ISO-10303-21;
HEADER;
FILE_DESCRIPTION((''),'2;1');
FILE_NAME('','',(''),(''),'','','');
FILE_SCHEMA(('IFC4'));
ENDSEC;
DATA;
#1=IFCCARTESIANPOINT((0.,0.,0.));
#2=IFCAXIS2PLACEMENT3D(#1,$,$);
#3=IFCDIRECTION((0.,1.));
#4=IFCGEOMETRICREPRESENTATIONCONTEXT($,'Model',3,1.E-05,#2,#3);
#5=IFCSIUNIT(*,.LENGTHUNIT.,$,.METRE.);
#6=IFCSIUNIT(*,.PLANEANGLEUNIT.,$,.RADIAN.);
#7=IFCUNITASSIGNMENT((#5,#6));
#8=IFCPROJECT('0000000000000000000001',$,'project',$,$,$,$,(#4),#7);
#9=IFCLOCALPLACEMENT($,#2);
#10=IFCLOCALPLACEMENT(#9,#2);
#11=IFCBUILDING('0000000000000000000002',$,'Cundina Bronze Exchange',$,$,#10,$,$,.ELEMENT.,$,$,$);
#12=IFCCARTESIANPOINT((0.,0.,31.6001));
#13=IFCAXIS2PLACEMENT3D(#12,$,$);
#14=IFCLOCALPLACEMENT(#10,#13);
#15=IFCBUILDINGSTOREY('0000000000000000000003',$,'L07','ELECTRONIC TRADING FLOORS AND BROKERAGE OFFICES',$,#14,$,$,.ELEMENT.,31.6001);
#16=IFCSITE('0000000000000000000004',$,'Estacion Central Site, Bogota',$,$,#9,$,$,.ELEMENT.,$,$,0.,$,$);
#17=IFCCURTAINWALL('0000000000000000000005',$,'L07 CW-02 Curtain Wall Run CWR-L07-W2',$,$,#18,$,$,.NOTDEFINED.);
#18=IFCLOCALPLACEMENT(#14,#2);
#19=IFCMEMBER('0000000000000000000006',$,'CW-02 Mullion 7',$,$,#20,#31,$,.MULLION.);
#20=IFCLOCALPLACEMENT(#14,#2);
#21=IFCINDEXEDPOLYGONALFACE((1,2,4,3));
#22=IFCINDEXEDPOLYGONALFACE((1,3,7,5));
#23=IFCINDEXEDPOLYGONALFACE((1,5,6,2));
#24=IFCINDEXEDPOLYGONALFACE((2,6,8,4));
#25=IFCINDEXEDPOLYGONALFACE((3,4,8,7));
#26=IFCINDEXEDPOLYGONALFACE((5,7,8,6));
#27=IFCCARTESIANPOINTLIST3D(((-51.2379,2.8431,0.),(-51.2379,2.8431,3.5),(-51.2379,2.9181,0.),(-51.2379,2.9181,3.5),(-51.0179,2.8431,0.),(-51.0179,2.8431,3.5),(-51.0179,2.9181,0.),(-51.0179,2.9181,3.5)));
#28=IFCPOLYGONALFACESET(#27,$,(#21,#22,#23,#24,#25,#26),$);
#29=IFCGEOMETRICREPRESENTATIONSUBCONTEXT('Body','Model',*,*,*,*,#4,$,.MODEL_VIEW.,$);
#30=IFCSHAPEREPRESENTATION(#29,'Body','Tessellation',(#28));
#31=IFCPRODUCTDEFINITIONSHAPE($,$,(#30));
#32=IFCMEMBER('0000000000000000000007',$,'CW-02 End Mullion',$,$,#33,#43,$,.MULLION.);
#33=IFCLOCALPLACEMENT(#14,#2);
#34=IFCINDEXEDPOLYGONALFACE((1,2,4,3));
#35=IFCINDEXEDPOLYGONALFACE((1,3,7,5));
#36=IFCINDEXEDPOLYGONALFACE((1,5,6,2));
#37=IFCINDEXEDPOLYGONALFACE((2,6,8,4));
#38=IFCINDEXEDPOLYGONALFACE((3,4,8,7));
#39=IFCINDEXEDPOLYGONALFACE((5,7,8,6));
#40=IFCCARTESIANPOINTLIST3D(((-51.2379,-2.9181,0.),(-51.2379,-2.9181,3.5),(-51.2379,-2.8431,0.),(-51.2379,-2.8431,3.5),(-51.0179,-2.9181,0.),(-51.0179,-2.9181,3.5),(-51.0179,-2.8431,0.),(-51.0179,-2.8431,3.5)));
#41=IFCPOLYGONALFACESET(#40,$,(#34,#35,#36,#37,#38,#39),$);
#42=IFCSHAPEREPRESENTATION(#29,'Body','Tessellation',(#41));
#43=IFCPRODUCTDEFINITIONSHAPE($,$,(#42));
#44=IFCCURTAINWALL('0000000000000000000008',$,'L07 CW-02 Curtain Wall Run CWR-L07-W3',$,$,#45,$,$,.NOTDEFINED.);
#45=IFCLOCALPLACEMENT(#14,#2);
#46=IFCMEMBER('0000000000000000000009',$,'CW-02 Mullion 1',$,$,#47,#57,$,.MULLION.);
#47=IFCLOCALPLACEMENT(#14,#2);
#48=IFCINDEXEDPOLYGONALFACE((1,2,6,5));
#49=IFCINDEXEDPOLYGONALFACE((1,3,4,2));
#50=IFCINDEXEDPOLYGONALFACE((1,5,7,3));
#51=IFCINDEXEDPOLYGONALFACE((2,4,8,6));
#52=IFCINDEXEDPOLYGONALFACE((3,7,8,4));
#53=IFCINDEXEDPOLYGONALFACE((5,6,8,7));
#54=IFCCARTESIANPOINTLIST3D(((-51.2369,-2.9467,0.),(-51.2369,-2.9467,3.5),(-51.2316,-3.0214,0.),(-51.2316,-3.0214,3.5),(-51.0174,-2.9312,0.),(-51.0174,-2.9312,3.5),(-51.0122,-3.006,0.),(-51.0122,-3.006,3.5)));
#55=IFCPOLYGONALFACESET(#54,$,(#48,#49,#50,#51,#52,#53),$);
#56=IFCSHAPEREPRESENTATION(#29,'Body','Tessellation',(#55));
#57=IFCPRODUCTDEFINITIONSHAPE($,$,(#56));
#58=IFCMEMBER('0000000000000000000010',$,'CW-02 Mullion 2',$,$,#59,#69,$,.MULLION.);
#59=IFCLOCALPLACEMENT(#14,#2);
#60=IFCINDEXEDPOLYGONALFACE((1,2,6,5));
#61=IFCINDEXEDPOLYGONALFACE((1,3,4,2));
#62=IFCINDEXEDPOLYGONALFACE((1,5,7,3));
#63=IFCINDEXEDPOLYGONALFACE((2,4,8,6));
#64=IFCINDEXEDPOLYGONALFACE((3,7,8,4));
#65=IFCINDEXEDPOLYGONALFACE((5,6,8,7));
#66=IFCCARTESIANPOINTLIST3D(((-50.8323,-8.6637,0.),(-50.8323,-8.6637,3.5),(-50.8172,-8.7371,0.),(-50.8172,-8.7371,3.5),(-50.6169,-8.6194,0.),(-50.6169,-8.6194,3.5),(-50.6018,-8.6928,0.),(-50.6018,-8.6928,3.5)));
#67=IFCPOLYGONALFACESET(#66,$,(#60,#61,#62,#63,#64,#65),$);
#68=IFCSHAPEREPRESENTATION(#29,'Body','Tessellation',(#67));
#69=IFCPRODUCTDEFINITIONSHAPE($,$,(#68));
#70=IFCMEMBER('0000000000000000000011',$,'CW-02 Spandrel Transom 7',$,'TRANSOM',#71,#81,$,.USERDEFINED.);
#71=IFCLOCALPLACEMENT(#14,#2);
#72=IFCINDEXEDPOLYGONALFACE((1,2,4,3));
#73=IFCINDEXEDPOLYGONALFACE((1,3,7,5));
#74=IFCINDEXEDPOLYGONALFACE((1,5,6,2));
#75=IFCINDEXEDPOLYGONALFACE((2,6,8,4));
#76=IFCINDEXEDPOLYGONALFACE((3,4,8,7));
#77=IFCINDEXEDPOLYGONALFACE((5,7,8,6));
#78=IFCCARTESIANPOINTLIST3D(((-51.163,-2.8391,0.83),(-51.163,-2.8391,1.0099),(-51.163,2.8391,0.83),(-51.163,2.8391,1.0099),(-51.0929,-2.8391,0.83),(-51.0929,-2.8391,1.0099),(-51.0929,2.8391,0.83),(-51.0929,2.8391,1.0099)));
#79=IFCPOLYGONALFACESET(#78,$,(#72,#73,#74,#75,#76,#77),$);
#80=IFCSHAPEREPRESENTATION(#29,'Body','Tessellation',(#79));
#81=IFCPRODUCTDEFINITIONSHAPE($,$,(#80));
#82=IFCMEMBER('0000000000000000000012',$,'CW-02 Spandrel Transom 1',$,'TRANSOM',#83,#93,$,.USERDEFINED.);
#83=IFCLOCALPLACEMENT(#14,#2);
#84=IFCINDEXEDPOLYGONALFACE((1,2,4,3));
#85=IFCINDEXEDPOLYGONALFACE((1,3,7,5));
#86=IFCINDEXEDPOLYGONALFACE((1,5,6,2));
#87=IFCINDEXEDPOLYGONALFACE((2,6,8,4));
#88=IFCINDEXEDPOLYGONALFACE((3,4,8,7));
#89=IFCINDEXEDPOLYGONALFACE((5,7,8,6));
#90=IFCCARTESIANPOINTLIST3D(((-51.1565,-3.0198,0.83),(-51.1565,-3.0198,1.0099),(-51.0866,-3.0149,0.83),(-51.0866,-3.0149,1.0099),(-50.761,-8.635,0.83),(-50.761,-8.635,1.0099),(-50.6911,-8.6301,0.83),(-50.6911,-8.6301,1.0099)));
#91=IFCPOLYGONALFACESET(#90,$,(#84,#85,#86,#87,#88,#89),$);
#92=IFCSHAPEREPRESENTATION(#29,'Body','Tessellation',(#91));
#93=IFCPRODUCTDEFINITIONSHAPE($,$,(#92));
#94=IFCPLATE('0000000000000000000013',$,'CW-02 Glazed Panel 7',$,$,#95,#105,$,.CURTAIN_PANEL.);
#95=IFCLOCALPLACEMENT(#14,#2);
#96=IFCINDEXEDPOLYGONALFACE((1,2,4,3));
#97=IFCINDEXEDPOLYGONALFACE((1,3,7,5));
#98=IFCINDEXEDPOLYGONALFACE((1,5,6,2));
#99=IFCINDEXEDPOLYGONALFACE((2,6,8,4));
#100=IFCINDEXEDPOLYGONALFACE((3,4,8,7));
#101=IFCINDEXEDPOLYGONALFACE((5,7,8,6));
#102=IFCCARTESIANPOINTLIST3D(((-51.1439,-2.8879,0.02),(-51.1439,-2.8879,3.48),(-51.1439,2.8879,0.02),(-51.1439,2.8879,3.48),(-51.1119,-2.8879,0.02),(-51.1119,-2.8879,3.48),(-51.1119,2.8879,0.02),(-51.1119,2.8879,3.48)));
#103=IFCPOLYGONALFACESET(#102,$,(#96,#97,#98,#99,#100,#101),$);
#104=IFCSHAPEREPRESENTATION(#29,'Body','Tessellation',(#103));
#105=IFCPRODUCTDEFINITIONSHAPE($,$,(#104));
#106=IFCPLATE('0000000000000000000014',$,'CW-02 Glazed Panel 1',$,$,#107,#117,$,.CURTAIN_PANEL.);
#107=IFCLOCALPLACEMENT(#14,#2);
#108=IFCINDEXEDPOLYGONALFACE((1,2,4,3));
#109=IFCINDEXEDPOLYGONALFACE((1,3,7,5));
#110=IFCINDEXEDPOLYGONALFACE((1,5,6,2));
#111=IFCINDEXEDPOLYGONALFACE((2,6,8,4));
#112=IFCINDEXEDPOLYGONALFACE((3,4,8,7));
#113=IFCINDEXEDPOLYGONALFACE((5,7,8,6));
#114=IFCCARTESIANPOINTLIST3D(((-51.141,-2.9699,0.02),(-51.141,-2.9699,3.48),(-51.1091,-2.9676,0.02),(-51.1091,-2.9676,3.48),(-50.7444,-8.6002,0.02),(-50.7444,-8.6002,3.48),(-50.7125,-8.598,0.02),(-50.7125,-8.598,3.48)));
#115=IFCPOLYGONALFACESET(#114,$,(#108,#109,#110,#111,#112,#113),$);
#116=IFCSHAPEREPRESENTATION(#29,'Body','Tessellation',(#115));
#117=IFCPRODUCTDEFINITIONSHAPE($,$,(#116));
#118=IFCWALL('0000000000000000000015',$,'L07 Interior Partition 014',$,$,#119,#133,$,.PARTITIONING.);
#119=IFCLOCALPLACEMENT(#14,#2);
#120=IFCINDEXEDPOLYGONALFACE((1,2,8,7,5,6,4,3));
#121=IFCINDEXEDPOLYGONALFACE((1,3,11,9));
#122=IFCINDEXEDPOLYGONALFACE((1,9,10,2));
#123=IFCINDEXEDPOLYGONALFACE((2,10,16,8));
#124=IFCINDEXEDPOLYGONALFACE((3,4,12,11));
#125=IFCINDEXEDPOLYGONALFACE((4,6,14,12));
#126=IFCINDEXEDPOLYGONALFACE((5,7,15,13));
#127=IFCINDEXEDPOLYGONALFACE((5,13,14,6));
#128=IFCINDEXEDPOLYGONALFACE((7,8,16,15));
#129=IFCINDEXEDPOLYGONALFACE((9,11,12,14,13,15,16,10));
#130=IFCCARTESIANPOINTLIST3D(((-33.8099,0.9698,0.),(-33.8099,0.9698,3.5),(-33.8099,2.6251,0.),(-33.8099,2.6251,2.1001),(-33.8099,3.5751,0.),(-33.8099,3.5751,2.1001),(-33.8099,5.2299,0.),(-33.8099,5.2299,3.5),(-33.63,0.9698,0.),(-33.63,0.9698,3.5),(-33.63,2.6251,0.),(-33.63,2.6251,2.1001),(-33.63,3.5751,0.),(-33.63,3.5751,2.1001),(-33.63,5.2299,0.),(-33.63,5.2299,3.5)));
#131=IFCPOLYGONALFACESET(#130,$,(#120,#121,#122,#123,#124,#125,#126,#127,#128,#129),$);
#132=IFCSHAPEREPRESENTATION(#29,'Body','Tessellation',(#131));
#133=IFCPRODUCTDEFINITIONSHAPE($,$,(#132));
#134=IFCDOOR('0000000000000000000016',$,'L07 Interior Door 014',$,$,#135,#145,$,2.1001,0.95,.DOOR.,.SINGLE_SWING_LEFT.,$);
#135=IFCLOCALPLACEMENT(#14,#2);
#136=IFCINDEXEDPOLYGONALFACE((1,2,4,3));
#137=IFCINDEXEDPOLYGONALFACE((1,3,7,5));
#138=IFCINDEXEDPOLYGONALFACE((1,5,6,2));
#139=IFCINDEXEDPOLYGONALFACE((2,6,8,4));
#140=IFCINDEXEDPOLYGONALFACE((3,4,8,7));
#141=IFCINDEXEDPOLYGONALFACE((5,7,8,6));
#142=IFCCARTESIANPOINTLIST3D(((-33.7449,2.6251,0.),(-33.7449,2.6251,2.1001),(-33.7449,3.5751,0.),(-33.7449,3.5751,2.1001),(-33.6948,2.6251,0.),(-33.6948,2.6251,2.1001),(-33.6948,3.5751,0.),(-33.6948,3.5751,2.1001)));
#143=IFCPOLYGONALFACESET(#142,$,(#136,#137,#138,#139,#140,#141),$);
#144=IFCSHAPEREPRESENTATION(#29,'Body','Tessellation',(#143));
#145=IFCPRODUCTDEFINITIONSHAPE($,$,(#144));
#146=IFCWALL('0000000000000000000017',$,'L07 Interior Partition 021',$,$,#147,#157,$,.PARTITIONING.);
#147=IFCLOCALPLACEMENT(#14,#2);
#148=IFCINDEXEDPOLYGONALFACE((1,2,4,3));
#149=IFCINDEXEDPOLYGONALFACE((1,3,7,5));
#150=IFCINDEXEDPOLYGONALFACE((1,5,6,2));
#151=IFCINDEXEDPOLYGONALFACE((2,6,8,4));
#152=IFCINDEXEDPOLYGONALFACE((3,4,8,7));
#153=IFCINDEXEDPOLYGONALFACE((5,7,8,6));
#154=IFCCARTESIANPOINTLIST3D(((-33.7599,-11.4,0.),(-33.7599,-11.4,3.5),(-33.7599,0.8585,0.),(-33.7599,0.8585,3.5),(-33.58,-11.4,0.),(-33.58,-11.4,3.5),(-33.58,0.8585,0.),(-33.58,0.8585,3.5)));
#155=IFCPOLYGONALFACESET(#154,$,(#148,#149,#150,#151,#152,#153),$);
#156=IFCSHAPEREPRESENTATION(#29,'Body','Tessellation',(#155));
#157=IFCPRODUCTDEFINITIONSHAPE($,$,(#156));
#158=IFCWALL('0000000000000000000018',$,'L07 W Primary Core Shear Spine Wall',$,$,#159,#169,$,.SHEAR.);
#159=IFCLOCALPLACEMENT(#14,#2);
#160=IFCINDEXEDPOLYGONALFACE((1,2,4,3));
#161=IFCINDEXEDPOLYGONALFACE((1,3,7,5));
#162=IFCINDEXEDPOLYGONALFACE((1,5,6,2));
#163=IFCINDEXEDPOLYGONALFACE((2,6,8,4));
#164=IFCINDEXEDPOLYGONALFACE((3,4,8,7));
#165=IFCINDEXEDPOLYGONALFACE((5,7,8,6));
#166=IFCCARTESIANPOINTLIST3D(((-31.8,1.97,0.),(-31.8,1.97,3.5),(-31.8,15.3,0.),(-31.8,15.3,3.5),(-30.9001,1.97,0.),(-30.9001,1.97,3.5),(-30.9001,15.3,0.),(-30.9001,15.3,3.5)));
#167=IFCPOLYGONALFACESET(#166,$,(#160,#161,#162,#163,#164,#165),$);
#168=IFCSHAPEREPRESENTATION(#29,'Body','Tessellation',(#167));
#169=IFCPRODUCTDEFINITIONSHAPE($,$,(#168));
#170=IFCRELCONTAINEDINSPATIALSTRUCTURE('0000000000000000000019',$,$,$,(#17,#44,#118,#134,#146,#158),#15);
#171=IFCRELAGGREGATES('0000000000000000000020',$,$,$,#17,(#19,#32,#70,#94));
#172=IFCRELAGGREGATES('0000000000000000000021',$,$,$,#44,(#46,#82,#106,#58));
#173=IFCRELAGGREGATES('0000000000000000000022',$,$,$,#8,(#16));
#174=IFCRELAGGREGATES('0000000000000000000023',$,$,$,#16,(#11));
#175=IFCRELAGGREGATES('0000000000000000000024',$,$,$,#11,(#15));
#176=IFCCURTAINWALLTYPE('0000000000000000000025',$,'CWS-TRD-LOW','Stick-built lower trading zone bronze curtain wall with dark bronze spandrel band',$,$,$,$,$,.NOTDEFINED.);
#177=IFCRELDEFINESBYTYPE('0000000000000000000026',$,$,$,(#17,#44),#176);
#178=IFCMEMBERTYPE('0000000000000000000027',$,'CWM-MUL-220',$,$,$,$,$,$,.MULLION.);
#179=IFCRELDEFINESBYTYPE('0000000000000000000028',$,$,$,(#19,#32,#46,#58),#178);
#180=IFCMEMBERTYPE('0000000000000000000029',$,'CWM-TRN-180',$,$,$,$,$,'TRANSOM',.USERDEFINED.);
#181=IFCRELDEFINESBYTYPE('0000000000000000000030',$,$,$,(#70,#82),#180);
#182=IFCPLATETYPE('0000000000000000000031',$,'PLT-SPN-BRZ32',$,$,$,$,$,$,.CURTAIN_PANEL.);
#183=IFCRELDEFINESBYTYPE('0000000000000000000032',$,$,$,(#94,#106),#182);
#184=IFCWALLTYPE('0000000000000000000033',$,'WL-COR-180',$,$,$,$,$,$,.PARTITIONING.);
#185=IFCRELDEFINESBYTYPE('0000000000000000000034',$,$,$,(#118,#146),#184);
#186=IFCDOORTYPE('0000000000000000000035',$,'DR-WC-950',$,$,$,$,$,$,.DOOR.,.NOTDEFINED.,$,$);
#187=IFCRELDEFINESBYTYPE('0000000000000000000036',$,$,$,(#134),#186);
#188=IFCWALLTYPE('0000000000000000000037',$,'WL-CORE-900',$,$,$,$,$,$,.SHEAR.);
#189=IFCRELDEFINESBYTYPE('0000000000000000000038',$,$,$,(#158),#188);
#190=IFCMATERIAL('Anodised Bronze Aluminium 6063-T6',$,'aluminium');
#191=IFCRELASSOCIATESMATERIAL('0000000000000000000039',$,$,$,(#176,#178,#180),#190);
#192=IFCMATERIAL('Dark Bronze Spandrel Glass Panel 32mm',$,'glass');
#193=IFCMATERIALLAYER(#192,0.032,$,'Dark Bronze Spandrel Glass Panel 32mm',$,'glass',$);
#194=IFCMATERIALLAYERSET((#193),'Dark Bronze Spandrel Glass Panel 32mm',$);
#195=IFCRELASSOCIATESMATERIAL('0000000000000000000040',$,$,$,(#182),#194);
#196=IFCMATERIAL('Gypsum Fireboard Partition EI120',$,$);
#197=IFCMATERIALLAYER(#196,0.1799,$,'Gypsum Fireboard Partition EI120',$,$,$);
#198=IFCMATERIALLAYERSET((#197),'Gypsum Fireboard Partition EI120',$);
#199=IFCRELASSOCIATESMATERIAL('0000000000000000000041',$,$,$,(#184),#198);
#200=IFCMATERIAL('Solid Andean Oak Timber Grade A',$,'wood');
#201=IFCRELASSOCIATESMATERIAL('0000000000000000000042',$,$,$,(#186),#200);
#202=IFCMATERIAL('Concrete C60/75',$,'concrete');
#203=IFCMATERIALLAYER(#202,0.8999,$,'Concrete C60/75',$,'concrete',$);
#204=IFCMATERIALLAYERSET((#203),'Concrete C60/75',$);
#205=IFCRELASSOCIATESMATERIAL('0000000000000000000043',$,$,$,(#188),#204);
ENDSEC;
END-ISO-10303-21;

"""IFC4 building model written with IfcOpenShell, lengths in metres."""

from ifc_helpers import new_model, si_unit, direction, frame, frame_2d, origin, origin_2d, place, context, subcontext, project, spatial, rectangle, extrude, material, layer, layer_set, material_profile, profile_set, type_object, element, fill, aggregate, save


model = new_model("IFC4")

# Units and contexts
model_context = context("Model", 3, precision=1e-05, world=origin(), true_north=direction((0.0, 1.0)))
body_context = subcontext(model_context, "Body", "Model", "MODEL_VIEW")
ifc_project = project(units=[si_unit("LENGTHUNIT", "METRE"), si_unit("PLANEANGLEUNIT", "RADIAN")], contexts=[model_context])

# Site, building, storey
site_placement = place(None, origin())
site = spatial("IfcSite", under=ifc_project, at=site_placement, Name="Estacion Central Site, Bogota", CompositionType="ELEMENT", RefElevation=0.0)
building_placement = place(site_placement, origin())
building = spatial("IfcBuilding", under=site, at=building_placement, Name="Cundina Bronze Exchange", CompositionType="ELEMENT")
storey_placement = place(building_placement, frame((0.0, 0.0, 31.6001)))
storey = spatial("IfcBuildingStorey", under=building, at=storey_placement, Name="L07", Description="ELECTRONIC TRADING FLOORS AND BROKERAGE OFFICES", CompositionType="ELEMENT", Elevation=31.6001)

# Shared definitions
ifc_material_1 = material(Name="Concrete C60/75", Category="concrete")

# Curtain walls, members
ifc_material_2 = material(Name="Anodised Bronze Aluminium 6063-T6", Category="aluminium")
curtain_wall_type = type_object("IfcCurtainWallType", Name="CWS-TRD-LOW", Description="Stick-built lower trading zone bronze curtain wall with dark bronze spandrel band", PredefinedType="NOTDEFINED", material=ifc_material_2)
curtain_wall_1_placement = place(storey_placement, origin())
curtain_wall_1 = element("IfcCurtainWall", 1, at=curtain_wall_1_placement, inside=storey, type_object=curtain_wall_type, Name="L07 CW-02 Curtain Wall Run CWR-L07-W2", PredefinedType="NOTDEFINED")
ifc_material_profile_1 = material_profile(ifc_material_2, rectangle(XDim=0.075, YDim=0.22, at=origin_2d()), Name="AL75X220", Category="aluminium")
ifc_profile_set_1 = profile_set([ifc_material_profile_1], Name="Anodised Bronze Aluminium 6063-T6")
member_type_1 = type_object("IfcMemberType", Name="CWM-MUL-220", PredefinedType="MULLION", material=ifc_profile_set_1)
member_1_placement = place(storey_placement, frame((-51.1279, 2.8806, 0.0), z_axis=(0.0, 0.0, 1.0), x_axis=(0.0, -1.0, 0.0)))
member_1 = element("IfcMember", 2, at=member_1_placement, type_object=member_type_1, Name="CW-02 Mullion 7", PredefinedType="MULLION", context=body_context, shape_type="SweptSolid", body=[
    extrude(rectangle(XDim=0.075, YDim=0.22, at=origin_2d()), origin(), (0.0, 0.0, 1.0), 3.5),
])
member_2_placement = place(storey_placement, frame((-51.1279, -2.8806, 0.0), z_axis=(0.0, 0.0, 1.0), x_axis=(0.0, -1.0, 0.0)))
member_2 = element("IfcMember", 3, at=member_2_placement, type_object=member_type_1, Name="CW-02 End Mullion", PredefinedType="MULLION", context=body_context, shape_type="SweptSolid", body=[
    extrude(rectangle(XDim=0.075, YDim=0.22, at=origin_2d()), origin(), (0.0, 0.0, 1.0), 3.5),
])
curtain_wall_2_placement = place(storey_placement, origin())
curtain_wall_2 = element("IfcCurtainWall", 4, at=curtain_wall_2_placement, inside=storey, type_object=curtain_wall_type, Name="L07 CW-02 Curtain Wall Run CWR-L07-W3", PredefinedType="NOTDEFINED")
member_3_placement = place(storey_placement, frame((-51.1245, -2.9763, 0.0), z_axis=(0.0, 0.0, 1.0), x_axis=(0.070279, -0.997527, 0.0)))
member_3 = element("IfcMember", 5, at=member_3_placement, type_object=member_type_1, Name="CW-02 Mullion 1", PredefinedType="MULLION", context=body_context, shape_type="SweptSolid", body=[
    extrude(rectangle(XDim=0.075, YDim=0.22, at=origin_2d()), origin(), (0.0, 0.0, 1.0), 3.5),
])
member_4_placement = place(storey_placement, frame((-50.717, -8.6782, 0.0), z_axis=(0.0, 0.0, 1.0), x_axis=(0.20142, -0.979505, 0.0)))
member_4 = element("IfcMember", 6, at=member_4_placement, type_object=member_type_1, Name="CW-02 Mullion 2", PredefinedType="MULLION", context=body_context, shape_type="SweptSolid", body=[
    extrude(rectangle(XDim=0.075, YDim=0.22, at=origin_2d()), origin(), (0.0, 0.0, 1.0), 3.5),
])

# Members
ifc_material_profile_2 = material_profile(ifc_material_2, rectangle(XDim=0.0701, YDim=0.1799, at=origin_2d()), Name="AL70X180", Category="aluminium")
ifc_profile_set_2 = profile_set([ifc_material_profile_2], Name="Anodised Bronze Aluminium 6063-T6")
member_type_2 = type_object("IfcMemberType", Name="CWM-TRN-180", ElementType="TRANSOM", PredefinedType="USERDEFINED", material=ifc_profile_set_2)
member_5_placement = place(storey_placement, frame((-51.1279, 2.8391, 0.9199), z_axis=(0.0, -1.0, 0.0), x_axis=(1.0, 0.0, 0.0)))
member_5 = element("IfcMember", 7, at=member_5_placement, type_object=member_type_2, Name="CW-02 Spandrel Transom 7", ObjectType="TRANSOM", PredefinedType="USERDEFINED", context=body_context, shape_type="SweptSolid", body=[
    extrude(rectangle(XDim=0.0701, YDim=0.1799, at=origin_2d()), origin(), (0.0, 0.0, 1.0), 5.6782),
])
member_6_placement = place(storey_placement, frame((-51.1216, -3.0173, 0.9199), z_axis=(0.070261, -0.997529, 0.0), x_axis=(0.997529, 0.070261, 0.0)))
member_6 = element("IfcMember", 8, at=member_6_placement, type_object=member_type_2, Name="CW-02 Spandrel Transom 1", ObjectType="TRANSOM", PredefinedType="USERDEFINED", context=body_context, shape_type="SweptSolid", body=[
    extrude(rectangle(XDim=0.0701, YDim=0.1799, at=origin_2d()), origin(), (0.0, 0.0, 1.0), 5.6292),
])

# Plates
ifc_material_3 = material(Name="Dark Bronze Spandrel Glass Panel 32mm", Category="glass")
ifc_layer_1 = layer(ifc_material_3, 0.032, Name="Dark Bronze Spandrel Glass Panel 32mm", Category="glass")
ifc_layer_set_1 = layer_set([ifc_layer_1], Name="Dark Bronze Spandrel Glass Panel 32mm")
plate_type = type_object("IfcPlateType", Name="PLT-SPN-BRZ32", PredefinedType="CURTAIN_PANEL", material=ifc_layer_set_1)
plate_1_placement = place(storey_placement, frame((-51.1279, 0.0, 0.02), z_axis=(0.0, 0.0, 1.0), x_axis=(0.0, -1.0, 0.0)))
plate_1 = element("IfcPlate", 9, at=plate_1_placement, type_object=plate_type, Name="CW-02 Glazed Panel 7", PredefinedType="CURTAIN_PANEL", context=body_context, shape_type="SweptSolid", body=[
    extrude(rectangle(XDim=5.7759, YDim=0.032, at=origin_2d()), origin(), (0.0, 0.0, 1.0), 3.46),
])
aggregate(curtain_wall_1, [member_1, member_2, member_5, plate_1])
plate_2_placement = place(storey_placement, frame((-50.9268, -5.7839, 0.02), z_axis=(0.0, 0.0, 1.0), x_axis=(0.070279, -0.997527, 0.0)))
plate_2 = element("IfcPlate", 10, at=plate_2_placement, type_object=plate_type, Name="CW-02 Glazed Panel 1", PredefinedType="CURTAIN_PANEL", context=body_context, shape_type="SweptSolid", body=[
    extrude(rectangle(XDim=5.6443, YDim=0.032, at=origin_2d()), origin(), (0.0, 0.0, 1.0), 3.46),
])
aggregate(curtain_wall_2, [member_3, member_6, plate_2, member_4])

# Wall, opening, door
ifc_material_4 = material(Name="Gypsum Fireboard Partition EI120")
ifc_layer_2 = layer(ifc_material_4, 0.1799, Name="Gypsum Fireboard Partition EI120")
ifc_layer_set_2 = layer_set([ifc_layer_2], Name="Gypsum Fireboard Partition EI120")
wall_type_1 = type_object("IfcWallType", Name="WL-COR-180", PredefinedType="PARTITIONING", material=ifc_layer_set_2)
wall_1_placement = place(storey_placement, frame((-33.72, 0.97, 0.0), z_axis=(0.0, 0.0, 1.0), x_axis=(0.0, 1.0, 0.0)))
wall_1 = element("IfcWall", 11, at=wall_1_placement, inside=storey, type_object=wall_type_1, Name="L07 Interior Partition 014", PredefinedType="PARTITIONING", context=body_context, shape_type="SweptSolid", body=[
    extrude(rectangle(XDim=4.26, YDim=0.1799, at=frame_2d((2.1299, 0.0))), origin(), (0.0, 0.0, 1.0), 3.5),
])
opening_1_placement = place(wall_1_placement, frame((1.655, 0.0, 0.0)))
opening_1 = element("IfcOpeningElement", 12, at=opening_1_placement, cuts=wall_1, PredefinedType="OPENING", context=body_context, shape_type="SweptSolid", body=[
    extrude(rectangle(XDim=0.95, YDim=2.1001, at=frame_2d((0.4751, 1.05))), frame((0.0, 0.0999, 0.0), z_axis=(0.0, -1.0, 0.0), x_axis=(1.0, 0.0, 0.0)), (0.0, 0.0, 1.0), 0.2),
])
ifc_material_5 = material(Name="Solid Andean Oak Timber Grade A", Category="wood")
door_type_1 = type_object("IfcDoorType", Name="DR-WC-950", OperationType="NOTDEFINED", PredefinedType="DOOR", material=ifc_material_5)
door_1_placement = place(opening_1_placement, origin())
door_1 = element("IfcDoor", 13, at=door_1_placement, inside=storey, type_object=door_type_1, Name="L07 Interior Door 014", OperationType="SINGLE_SWING_LEFT", OverallHeight=2.1001, OverallWidth=0.95, PredefinedType="DOOR", context=body_context, shape_type="SweptSolid", body=[
    extrude(rectangle(XDim=0.95, YDim=2.1001, at=frame_2d((0.4751, 1.05))), frame((0.0, 0.0249, 0.0), z_axis=(0.0, -1.0, 0.0), x_axis=(1.0, 0.0, 0.0)), (0.0, 0.0, 1.0), 0.05),
])
fill(opening_1, door_1)

# Walls
wall_2_placement = place(storey_placement, frame((-33.6699, 0.8586, 0.0), z_axis=(0.0, 0.0, 1.0), x_axis=(0.0, -1.0, 0.0)))
element("IfcWall", 14, at=wall_2_placement, inside=storey, type_object=wall_type_1, Name="L07 Interior Partition 021", PredefinedType="PARTITIONING", context=body_context, shape_type="SweptSolid", body=[
    extrude(rectangle(XDim=12.2585, YDim=0.1799, at=frame_2d((6.1294, 0.0))), origin(), (0.0, 0.0, 1.0), 3.5),
])
ifc_layer_3 = layer(ifc_material_1, 0.8999, Name="Concrete C60/75", Category="concrete")
ifc_layer_set_3 = layer_set([ifc_layer_3], Name="Concrete C60/75")
wall_type_2 = type_object("IfcWallType", Name="WL-CORE-900", PredefinedType="SHEAR", material=ifc_layer_set_3)
wall_3_placement = place(storey_placement, frame((-31.3501, 1.97, 0.0), z_axis=(0.0, 0.0, 1.0), x_axis=(0.0, 1.0, 0.0)))
element("IfcWall", 15, at=wall_3_placement, inside=storey, type_object=wall_type_2, Name="L07 W Primary Core Shear Spine Wall", PredefinedType="SHEAR", context=body_context, shape_type="SweptSolid", body=[
    extrude(rectangle(XDim=13.3301, YDim=0.8999, at=frame_2d((6.665, 0.0))), origin(), (0.0, 0.0, 1.0), 3.5),
])

save(model, "model.ifc")
